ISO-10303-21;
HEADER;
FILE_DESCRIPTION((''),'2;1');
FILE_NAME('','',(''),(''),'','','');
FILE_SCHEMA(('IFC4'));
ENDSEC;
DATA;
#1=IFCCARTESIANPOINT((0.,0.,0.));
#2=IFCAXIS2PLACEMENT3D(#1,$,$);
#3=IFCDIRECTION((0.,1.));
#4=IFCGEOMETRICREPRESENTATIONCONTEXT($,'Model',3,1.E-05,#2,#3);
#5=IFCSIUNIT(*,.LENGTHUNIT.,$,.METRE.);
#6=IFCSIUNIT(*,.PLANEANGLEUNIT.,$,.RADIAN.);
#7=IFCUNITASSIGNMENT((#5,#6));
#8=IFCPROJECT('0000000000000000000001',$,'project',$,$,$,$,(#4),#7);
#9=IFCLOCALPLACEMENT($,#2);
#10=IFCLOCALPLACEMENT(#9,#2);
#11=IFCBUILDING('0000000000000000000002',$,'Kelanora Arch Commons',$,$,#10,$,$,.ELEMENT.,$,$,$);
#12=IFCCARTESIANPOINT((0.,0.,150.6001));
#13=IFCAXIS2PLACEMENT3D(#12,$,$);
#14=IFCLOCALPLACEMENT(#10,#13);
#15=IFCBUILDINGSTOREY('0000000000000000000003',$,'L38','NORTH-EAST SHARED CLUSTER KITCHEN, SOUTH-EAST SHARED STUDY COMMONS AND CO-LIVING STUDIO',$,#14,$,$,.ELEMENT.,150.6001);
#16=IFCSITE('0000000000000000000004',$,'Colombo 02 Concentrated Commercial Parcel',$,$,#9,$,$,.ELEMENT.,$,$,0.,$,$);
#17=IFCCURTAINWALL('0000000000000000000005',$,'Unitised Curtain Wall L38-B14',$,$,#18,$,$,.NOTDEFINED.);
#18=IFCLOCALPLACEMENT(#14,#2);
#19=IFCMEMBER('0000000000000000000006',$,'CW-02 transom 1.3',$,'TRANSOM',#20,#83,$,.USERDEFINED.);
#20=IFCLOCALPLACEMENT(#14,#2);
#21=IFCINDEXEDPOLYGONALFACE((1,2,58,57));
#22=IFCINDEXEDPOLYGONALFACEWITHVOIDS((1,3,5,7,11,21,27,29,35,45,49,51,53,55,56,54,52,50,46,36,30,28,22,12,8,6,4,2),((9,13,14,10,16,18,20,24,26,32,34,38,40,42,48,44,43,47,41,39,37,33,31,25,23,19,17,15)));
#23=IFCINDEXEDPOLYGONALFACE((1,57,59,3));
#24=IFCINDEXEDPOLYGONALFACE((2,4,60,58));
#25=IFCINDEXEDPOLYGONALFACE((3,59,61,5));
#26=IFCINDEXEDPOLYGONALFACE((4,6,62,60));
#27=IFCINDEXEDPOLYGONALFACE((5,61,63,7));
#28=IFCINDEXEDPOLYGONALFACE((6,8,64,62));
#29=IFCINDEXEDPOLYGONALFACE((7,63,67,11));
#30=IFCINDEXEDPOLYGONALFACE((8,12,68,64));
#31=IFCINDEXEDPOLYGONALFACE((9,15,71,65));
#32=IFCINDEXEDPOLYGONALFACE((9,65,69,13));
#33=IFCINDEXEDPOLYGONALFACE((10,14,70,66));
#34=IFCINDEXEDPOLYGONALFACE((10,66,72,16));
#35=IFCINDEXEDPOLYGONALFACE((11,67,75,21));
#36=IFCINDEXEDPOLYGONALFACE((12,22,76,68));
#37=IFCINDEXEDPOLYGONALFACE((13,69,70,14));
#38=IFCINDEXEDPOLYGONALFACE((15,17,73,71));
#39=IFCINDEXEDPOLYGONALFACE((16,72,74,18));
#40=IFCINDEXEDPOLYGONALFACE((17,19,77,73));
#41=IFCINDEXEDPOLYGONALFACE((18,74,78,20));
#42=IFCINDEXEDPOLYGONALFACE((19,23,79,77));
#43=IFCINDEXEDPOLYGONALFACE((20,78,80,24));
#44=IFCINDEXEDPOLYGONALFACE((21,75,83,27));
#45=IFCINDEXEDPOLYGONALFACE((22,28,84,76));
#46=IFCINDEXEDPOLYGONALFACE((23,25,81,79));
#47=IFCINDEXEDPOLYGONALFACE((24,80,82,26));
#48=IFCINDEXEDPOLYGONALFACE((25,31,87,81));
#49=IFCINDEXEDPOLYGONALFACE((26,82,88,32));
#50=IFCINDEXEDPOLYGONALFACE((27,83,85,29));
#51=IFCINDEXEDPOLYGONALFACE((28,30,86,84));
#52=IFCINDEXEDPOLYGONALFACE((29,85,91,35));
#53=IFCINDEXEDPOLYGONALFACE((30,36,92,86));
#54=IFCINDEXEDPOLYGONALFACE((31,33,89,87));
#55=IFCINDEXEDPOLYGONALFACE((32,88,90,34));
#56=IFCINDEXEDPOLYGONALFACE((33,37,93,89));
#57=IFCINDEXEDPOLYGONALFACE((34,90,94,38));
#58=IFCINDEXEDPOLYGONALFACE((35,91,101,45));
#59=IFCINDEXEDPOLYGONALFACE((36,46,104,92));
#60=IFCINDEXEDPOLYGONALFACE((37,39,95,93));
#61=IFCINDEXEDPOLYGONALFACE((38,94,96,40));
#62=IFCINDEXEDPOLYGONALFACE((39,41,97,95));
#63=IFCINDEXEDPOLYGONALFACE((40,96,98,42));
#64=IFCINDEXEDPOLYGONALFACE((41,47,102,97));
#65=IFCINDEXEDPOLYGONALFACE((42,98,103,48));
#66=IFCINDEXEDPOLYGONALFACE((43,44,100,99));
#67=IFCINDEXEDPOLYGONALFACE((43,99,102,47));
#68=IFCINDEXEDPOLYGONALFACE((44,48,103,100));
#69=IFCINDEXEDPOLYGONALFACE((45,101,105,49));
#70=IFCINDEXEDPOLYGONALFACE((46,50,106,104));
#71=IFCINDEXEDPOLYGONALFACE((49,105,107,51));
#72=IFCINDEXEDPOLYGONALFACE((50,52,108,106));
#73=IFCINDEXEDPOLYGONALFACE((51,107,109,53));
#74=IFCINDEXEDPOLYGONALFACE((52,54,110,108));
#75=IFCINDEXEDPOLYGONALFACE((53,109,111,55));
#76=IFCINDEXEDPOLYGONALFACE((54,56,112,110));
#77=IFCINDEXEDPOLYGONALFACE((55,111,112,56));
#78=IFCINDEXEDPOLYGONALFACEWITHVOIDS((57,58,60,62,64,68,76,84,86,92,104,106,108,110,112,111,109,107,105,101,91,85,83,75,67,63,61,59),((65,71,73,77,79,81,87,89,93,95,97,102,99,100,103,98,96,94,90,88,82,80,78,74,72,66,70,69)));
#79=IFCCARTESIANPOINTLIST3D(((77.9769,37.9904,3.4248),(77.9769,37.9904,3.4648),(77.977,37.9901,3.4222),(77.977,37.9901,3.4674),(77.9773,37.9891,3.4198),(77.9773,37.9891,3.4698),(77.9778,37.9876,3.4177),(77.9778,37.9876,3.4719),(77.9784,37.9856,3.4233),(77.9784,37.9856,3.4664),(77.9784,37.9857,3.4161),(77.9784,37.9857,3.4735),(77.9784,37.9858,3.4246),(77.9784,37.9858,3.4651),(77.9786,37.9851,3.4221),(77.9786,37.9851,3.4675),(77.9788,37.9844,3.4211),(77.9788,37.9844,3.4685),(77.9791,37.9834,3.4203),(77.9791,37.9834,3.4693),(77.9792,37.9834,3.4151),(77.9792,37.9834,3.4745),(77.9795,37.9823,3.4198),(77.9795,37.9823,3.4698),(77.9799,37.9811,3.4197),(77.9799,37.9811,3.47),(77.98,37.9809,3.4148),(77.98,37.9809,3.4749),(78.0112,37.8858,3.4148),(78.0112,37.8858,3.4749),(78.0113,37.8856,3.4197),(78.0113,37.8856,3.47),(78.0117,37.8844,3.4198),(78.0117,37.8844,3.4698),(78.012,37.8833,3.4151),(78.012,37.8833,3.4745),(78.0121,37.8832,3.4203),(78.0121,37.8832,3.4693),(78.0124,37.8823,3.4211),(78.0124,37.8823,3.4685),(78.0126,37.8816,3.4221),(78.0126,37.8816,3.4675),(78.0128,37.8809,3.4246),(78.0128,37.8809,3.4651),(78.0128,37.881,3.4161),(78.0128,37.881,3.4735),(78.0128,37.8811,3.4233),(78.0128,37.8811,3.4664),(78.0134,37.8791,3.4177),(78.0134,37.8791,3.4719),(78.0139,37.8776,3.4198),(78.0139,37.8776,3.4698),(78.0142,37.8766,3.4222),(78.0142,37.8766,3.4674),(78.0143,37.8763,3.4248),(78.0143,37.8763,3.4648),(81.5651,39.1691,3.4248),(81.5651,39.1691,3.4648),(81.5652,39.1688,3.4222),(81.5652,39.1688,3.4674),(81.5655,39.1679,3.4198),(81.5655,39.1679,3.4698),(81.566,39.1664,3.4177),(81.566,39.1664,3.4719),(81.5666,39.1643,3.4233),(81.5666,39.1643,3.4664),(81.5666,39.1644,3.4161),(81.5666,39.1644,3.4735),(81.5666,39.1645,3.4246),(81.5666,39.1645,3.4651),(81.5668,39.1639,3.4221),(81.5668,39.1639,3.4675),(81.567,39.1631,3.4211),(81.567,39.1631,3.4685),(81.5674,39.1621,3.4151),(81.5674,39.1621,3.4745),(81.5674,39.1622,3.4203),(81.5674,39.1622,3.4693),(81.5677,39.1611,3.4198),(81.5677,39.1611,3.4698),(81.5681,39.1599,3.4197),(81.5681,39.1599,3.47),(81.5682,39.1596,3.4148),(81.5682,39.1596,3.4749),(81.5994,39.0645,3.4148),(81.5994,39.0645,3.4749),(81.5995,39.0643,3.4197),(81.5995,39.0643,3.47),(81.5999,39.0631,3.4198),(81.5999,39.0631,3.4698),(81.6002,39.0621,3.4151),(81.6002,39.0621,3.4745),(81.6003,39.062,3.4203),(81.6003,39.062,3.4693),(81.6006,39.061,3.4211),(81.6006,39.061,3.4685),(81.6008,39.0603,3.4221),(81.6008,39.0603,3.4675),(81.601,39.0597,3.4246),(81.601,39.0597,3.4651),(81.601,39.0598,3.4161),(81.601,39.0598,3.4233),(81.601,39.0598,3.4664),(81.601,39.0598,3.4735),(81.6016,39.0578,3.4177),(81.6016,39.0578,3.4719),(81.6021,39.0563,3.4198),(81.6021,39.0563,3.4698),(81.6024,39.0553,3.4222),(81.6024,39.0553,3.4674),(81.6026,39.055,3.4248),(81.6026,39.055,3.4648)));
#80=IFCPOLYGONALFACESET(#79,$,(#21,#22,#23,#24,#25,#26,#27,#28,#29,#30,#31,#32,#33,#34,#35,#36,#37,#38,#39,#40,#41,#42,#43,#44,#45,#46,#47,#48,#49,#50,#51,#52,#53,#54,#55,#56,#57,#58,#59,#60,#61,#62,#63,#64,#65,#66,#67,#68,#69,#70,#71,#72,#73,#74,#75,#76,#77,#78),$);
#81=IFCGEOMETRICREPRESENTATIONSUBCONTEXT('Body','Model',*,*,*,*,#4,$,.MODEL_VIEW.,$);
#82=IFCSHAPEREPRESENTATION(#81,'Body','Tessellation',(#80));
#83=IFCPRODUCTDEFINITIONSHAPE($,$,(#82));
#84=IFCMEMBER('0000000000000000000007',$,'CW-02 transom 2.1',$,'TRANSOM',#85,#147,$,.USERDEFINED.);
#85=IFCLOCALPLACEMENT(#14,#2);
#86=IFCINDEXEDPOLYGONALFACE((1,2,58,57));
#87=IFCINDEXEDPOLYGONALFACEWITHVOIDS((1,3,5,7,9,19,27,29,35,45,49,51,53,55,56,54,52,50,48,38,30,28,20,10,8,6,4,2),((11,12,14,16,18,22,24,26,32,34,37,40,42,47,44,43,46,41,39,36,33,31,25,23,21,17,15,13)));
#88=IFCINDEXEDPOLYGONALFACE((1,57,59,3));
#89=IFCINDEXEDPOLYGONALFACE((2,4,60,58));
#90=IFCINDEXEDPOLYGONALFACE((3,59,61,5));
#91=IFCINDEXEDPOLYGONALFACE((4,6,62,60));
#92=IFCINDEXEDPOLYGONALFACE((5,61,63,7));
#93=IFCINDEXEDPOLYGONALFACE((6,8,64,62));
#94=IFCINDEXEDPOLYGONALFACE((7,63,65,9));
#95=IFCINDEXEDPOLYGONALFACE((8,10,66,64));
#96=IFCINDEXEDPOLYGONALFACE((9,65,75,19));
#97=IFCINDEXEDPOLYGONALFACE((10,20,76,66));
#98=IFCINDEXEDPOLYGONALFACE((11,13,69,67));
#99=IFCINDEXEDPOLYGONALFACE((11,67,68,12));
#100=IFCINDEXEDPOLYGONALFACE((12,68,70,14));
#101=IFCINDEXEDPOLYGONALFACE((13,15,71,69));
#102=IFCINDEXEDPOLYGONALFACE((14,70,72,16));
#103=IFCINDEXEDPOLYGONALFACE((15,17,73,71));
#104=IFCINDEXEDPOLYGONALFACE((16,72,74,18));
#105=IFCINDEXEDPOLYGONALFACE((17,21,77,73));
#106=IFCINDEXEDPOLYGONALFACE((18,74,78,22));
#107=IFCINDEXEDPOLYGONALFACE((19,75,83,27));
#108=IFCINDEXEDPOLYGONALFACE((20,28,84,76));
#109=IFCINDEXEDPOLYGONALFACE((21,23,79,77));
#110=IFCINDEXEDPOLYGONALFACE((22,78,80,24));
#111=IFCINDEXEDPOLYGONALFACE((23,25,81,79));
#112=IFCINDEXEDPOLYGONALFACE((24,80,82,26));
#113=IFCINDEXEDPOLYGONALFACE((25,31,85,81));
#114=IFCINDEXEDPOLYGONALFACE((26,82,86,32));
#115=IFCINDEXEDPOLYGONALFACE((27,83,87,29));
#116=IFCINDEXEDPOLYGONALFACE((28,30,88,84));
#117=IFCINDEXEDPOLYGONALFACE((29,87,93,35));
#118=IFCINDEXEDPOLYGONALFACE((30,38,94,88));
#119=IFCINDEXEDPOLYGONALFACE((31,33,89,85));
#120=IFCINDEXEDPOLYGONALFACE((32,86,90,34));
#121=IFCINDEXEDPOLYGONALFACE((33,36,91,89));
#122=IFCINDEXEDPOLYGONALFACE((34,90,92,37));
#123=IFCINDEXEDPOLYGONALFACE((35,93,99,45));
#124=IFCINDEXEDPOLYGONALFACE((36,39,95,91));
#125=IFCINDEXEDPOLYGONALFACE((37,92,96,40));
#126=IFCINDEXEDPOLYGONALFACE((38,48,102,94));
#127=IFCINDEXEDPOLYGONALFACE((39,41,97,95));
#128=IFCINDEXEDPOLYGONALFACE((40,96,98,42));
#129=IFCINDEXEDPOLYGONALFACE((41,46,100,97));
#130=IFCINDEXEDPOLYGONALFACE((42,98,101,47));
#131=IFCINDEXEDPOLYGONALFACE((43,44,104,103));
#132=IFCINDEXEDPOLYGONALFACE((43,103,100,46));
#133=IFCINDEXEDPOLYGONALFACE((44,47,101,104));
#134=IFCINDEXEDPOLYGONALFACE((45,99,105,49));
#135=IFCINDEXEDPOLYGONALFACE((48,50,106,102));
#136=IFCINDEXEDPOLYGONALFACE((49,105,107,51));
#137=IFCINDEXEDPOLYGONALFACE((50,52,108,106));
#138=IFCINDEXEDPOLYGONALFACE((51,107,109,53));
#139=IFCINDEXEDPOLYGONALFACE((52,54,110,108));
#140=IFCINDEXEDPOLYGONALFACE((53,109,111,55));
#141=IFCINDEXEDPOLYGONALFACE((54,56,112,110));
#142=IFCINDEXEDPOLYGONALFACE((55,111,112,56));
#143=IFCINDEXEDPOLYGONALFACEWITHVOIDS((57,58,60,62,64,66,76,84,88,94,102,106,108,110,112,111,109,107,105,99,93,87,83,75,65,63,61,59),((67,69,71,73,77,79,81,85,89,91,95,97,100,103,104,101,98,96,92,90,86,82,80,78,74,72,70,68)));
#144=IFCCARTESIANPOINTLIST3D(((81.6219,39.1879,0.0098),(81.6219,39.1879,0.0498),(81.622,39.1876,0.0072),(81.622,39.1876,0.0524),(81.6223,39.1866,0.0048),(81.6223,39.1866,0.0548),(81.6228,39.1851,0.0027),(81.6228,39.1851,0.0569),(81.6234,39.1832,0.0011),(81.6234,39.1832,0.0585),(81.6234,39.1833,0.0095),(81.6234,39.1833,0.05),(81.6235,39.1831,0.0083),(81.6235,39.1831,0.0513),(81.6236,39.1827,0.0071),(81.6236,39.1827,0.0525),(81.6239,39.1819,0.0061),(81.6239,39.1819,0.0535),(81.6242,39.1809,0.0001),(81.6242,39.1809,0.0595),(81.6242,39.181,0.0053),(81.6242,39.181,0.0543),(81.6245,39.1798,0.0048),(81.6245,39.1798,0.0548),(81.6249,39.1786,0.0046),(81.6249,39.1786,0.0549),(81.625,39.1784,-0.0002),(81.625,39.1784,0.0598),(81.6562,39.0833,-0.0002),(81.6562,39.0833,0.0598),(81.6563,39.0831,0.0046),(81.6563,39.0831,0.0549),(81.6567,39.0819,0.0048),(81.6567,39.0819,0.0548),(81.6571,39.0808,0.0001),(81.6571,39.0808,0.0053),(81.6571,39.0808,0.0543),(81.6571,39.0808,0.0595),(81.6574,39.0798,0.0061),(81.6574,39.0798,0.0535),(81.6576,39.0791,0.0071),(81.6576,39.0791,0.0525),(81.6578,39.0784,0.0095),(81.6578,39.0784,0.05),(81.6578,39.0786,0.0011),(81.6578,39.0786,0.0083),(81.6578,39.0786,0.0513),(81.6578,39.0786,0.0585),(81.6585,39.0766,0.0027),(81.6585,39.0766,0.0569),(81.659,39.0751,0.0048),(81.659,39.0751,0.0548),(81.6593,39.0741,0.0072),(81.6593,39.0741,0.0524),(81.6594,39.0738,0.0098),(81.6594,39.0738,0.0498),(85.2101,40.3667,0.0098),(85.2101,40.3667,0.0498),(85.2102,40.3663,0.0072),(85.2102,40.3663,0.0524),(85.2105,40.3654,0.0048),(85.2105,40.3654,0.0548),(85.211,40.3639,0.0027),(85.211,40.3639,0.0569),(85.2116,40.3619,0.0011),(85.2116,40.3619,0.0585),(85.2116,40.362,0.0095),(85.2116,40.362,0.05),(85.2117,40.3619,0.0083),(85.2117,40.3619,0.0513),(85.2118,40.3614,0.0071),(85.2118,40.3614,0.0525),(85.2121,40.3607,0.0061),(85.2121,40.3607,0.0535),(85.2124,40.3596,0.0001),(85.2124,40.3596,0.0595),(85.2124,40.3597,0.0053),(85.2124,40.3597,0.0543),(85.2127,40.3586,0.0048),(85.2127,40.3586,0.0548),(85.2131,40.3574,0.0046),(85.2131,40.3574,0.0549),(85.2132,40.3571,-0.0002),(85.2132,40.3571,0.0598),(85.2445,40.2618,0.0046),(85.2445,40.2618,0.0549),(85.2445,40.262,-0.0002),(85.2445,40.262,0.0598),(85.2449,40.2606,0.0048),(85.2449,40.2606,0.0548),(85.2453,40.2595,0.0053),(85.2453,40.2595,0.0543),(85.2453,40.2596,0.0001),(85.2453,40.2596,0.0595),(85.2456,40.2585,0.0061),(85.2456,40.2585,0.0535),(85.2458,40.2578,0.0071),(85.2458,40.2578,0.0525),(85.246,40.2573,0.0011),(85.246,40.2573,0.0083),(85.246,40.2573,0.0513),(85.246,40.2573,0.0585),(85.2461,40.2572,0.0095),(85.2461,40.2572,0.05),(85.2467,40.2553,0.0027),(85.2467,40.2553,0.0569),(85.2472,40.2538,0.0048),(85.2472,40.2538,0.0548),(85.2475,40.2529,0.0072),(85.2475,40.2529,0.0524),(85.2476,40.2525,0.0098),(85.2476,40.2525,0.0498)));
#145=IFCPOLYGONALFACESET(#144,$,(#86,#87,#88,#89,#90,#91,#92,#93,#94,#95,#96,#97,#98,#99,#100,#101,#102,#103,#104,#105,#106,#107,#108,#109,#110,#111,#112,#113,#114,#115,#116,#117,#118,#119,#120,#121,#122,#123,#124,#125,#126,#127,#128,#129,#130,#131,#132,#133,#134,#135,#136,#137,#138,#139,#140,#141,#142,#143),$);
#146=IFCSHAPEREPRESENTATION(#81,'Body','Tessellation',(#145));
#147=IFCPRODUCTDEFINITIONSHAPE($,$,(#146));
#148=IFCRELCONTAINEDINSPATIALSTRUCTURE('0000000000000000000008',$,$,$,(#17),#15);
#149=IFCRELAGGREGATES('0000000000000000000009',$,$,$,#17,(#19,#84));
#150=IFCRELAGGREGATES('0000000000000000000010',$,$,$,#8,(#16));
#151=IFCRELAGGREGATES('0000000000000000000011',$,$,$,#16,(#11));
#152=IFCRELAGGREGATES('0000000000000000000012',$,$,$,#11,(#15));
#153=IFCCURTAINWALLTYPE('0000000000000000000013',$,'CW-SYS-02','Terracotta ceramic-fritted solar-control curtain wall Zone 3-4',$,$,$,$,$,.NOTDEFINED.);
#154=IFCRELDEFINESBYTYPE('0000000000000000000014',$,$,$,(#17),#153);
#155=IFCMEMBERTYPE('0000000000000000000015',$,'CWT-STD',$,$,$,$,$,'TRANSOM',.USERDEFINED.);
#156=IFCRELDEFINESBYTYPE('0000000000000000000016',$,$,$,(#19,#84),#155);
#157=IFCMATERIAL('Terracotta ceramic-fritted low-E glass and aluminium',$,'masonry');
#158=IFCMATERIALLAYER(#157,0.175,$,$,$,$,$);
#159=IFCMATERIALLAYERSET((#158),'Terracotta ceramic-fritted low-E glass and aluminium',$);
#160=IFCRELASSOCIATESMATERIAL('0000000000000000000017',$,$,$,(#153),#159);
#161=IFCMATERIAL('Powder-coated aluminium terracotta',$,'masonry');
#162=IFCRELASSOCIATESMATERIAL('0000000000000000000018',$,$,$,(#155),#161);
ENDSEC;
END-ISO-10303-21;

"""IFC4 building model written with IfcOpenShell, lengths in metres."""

from ifc_helpers import new_model, si_unit, direction, frame, origin, origin_2d, place, context, subcontext, project, spatial, hollow_rectangle, extrude, material, layer, layer_set, material_profile, profile_set, type_object, element, aggregate, save


model = new_model("IFC4")

# Units and contexts
model_context = context("Model", 3, precision=1e-05, world=origin(), true_north=direction((0.0, 1.0)))
body_context = subcontext(model_context, "Body", "Model", "MODEL_VIEW")
ifc_project = project(units=[si_unit("LENGTHUNIT", "METRE"), si_unit("PLANEANGLEUNIT", "RADIAN")], contexts=[model_context])

# Site, building, storey
site_placement = place(None, origin())
site = spatial("IfcSite", under=ifc_project, at=site_placement, Name="Colombo 02 Concentrated Commercial Parcel", CompositionType="ELEMENT", RefElevation=0.0)
building_placement = place(site_placement, origin())
building = spatial("IfcBuilding", under=site, at=building_placement, Name="Kelanora Arch Commons", CompositionType="ELEMENT")
storey_placement = place(building_placement, frame((0.0, 0.0, 150.6001)))
storey = spatial("IfcBuildingStorey", under=building, at=storey_placement, Name="L38", Description="NORTH-EAST SHARED CLUSTER KITCHEN, SOUTH-EAST SHARED STUDY COMMONS AND CO-LIVING STUDIO", CompositionType="ELEMENT", Elevation=150.6001)

# Curtain wall, members
ifc_material_1 = material(Name="Terracotta ceramic-fritted low-E glass and aluminium", Category="masonry")
ifc_layer_1 = layer(ifc_material_1, 0.175)
ifc_layer_set_1 = layer_set([ifc_layer_1], Name="Terracotta ceramic-fritted low-E glass and aluminium")
curtain_wall_type = type_object("IfcCurtainWallType", Name="CW-SYS-02", Description="Terracotta ceramic-fritted solar-control curtain wall Zone 3-4", PredefinedType="NOTDEFINED", material=ifc_layer_set_1)
curtain_wall_placement = place(storey_placement, origin())
curtain_wall = element("IfcCurtainWall", 1, at=curtain_wall_placement, inside=storey, type_object=curtain_wall_type, Name="Unitised Curtain Wall L38-B14", PredefinedType="NOTDEFINED")
ifc_material_2 = material(Name="Powder-coated aluminium terracotta", Category="masonry")
ifc_material_profile_1 = material_profile(ifc_material_2, hollow_rectangle(XDim=0.1201, YDim=0.0601, WallThickness=0.0049, InnerFilletRadius=0.0049, OuterFilletRadius=0.01, at=origin_2d()), Name="CWT120x60")
ifc_profile_set_1 = profile_set([ifc_material_profile_1], Name="Powder-coated aluminium terracotta")
member_type_1 = type_object("IfcMemberType", Name="CWT-STD", ElementType="TRANSOM", PredefinedType="USERDEFINED", material=ifc_profile_set_1)
member_1_placement = place(storey_placement, frame((77.9956, 37.9333, 3.4448), z_axis=(0.950051, 0.312094, 0.0), x_axis=(-0.312094, 0.950051, 0.0)))
member_1 = element("IfcMember", 2, at=member_1_placement, type_object=member_type_1, Name="CW-02 transom 1.3", ObjectType="TRANSOM", PredefinedType="USERDEFINED", context=body_context, shape_type="SweptSolid", body=[
    extrude(hollow_rectangle(XDim=0.1201, YDim=0.0601, WallThickness=0.0049, InnerFilletRadius=0.0049, OuterFilletRadius=0.01, at=origin_2d()), origin(), (0.0, 0.0, 1.0), 3.7769),
])
member_2_placement = place(storey_placement, frame((81.6406, 39.1309, 0.0298), z_axis=(0.950051, 0.312094, 0.0), x_axis=(-0.312094, 0.950051, 0.0)))
member_2 = element("IfcMember", 3, at=member_2_placement, type_object=member_type_1, Name="CW-02 transom 2.1", ObjectType="TRANSOM", PredefinedType="USERDEFINED", context=body_context, shape_type="SweptSolid", body=[
    extrude(hollow_rectangle(XDim=0.1201, YDim=0.0601, WallThickness=0.0049, InnerFilletRadius=0.0049, OuterFilletRadius=0.01, at=origin_2d()), origin(), (0.0, 0.0, 1.0), 3.7769),
])
aggregate(curtain_wall, [member_1, member_2])

save(model, "model.ifc")
